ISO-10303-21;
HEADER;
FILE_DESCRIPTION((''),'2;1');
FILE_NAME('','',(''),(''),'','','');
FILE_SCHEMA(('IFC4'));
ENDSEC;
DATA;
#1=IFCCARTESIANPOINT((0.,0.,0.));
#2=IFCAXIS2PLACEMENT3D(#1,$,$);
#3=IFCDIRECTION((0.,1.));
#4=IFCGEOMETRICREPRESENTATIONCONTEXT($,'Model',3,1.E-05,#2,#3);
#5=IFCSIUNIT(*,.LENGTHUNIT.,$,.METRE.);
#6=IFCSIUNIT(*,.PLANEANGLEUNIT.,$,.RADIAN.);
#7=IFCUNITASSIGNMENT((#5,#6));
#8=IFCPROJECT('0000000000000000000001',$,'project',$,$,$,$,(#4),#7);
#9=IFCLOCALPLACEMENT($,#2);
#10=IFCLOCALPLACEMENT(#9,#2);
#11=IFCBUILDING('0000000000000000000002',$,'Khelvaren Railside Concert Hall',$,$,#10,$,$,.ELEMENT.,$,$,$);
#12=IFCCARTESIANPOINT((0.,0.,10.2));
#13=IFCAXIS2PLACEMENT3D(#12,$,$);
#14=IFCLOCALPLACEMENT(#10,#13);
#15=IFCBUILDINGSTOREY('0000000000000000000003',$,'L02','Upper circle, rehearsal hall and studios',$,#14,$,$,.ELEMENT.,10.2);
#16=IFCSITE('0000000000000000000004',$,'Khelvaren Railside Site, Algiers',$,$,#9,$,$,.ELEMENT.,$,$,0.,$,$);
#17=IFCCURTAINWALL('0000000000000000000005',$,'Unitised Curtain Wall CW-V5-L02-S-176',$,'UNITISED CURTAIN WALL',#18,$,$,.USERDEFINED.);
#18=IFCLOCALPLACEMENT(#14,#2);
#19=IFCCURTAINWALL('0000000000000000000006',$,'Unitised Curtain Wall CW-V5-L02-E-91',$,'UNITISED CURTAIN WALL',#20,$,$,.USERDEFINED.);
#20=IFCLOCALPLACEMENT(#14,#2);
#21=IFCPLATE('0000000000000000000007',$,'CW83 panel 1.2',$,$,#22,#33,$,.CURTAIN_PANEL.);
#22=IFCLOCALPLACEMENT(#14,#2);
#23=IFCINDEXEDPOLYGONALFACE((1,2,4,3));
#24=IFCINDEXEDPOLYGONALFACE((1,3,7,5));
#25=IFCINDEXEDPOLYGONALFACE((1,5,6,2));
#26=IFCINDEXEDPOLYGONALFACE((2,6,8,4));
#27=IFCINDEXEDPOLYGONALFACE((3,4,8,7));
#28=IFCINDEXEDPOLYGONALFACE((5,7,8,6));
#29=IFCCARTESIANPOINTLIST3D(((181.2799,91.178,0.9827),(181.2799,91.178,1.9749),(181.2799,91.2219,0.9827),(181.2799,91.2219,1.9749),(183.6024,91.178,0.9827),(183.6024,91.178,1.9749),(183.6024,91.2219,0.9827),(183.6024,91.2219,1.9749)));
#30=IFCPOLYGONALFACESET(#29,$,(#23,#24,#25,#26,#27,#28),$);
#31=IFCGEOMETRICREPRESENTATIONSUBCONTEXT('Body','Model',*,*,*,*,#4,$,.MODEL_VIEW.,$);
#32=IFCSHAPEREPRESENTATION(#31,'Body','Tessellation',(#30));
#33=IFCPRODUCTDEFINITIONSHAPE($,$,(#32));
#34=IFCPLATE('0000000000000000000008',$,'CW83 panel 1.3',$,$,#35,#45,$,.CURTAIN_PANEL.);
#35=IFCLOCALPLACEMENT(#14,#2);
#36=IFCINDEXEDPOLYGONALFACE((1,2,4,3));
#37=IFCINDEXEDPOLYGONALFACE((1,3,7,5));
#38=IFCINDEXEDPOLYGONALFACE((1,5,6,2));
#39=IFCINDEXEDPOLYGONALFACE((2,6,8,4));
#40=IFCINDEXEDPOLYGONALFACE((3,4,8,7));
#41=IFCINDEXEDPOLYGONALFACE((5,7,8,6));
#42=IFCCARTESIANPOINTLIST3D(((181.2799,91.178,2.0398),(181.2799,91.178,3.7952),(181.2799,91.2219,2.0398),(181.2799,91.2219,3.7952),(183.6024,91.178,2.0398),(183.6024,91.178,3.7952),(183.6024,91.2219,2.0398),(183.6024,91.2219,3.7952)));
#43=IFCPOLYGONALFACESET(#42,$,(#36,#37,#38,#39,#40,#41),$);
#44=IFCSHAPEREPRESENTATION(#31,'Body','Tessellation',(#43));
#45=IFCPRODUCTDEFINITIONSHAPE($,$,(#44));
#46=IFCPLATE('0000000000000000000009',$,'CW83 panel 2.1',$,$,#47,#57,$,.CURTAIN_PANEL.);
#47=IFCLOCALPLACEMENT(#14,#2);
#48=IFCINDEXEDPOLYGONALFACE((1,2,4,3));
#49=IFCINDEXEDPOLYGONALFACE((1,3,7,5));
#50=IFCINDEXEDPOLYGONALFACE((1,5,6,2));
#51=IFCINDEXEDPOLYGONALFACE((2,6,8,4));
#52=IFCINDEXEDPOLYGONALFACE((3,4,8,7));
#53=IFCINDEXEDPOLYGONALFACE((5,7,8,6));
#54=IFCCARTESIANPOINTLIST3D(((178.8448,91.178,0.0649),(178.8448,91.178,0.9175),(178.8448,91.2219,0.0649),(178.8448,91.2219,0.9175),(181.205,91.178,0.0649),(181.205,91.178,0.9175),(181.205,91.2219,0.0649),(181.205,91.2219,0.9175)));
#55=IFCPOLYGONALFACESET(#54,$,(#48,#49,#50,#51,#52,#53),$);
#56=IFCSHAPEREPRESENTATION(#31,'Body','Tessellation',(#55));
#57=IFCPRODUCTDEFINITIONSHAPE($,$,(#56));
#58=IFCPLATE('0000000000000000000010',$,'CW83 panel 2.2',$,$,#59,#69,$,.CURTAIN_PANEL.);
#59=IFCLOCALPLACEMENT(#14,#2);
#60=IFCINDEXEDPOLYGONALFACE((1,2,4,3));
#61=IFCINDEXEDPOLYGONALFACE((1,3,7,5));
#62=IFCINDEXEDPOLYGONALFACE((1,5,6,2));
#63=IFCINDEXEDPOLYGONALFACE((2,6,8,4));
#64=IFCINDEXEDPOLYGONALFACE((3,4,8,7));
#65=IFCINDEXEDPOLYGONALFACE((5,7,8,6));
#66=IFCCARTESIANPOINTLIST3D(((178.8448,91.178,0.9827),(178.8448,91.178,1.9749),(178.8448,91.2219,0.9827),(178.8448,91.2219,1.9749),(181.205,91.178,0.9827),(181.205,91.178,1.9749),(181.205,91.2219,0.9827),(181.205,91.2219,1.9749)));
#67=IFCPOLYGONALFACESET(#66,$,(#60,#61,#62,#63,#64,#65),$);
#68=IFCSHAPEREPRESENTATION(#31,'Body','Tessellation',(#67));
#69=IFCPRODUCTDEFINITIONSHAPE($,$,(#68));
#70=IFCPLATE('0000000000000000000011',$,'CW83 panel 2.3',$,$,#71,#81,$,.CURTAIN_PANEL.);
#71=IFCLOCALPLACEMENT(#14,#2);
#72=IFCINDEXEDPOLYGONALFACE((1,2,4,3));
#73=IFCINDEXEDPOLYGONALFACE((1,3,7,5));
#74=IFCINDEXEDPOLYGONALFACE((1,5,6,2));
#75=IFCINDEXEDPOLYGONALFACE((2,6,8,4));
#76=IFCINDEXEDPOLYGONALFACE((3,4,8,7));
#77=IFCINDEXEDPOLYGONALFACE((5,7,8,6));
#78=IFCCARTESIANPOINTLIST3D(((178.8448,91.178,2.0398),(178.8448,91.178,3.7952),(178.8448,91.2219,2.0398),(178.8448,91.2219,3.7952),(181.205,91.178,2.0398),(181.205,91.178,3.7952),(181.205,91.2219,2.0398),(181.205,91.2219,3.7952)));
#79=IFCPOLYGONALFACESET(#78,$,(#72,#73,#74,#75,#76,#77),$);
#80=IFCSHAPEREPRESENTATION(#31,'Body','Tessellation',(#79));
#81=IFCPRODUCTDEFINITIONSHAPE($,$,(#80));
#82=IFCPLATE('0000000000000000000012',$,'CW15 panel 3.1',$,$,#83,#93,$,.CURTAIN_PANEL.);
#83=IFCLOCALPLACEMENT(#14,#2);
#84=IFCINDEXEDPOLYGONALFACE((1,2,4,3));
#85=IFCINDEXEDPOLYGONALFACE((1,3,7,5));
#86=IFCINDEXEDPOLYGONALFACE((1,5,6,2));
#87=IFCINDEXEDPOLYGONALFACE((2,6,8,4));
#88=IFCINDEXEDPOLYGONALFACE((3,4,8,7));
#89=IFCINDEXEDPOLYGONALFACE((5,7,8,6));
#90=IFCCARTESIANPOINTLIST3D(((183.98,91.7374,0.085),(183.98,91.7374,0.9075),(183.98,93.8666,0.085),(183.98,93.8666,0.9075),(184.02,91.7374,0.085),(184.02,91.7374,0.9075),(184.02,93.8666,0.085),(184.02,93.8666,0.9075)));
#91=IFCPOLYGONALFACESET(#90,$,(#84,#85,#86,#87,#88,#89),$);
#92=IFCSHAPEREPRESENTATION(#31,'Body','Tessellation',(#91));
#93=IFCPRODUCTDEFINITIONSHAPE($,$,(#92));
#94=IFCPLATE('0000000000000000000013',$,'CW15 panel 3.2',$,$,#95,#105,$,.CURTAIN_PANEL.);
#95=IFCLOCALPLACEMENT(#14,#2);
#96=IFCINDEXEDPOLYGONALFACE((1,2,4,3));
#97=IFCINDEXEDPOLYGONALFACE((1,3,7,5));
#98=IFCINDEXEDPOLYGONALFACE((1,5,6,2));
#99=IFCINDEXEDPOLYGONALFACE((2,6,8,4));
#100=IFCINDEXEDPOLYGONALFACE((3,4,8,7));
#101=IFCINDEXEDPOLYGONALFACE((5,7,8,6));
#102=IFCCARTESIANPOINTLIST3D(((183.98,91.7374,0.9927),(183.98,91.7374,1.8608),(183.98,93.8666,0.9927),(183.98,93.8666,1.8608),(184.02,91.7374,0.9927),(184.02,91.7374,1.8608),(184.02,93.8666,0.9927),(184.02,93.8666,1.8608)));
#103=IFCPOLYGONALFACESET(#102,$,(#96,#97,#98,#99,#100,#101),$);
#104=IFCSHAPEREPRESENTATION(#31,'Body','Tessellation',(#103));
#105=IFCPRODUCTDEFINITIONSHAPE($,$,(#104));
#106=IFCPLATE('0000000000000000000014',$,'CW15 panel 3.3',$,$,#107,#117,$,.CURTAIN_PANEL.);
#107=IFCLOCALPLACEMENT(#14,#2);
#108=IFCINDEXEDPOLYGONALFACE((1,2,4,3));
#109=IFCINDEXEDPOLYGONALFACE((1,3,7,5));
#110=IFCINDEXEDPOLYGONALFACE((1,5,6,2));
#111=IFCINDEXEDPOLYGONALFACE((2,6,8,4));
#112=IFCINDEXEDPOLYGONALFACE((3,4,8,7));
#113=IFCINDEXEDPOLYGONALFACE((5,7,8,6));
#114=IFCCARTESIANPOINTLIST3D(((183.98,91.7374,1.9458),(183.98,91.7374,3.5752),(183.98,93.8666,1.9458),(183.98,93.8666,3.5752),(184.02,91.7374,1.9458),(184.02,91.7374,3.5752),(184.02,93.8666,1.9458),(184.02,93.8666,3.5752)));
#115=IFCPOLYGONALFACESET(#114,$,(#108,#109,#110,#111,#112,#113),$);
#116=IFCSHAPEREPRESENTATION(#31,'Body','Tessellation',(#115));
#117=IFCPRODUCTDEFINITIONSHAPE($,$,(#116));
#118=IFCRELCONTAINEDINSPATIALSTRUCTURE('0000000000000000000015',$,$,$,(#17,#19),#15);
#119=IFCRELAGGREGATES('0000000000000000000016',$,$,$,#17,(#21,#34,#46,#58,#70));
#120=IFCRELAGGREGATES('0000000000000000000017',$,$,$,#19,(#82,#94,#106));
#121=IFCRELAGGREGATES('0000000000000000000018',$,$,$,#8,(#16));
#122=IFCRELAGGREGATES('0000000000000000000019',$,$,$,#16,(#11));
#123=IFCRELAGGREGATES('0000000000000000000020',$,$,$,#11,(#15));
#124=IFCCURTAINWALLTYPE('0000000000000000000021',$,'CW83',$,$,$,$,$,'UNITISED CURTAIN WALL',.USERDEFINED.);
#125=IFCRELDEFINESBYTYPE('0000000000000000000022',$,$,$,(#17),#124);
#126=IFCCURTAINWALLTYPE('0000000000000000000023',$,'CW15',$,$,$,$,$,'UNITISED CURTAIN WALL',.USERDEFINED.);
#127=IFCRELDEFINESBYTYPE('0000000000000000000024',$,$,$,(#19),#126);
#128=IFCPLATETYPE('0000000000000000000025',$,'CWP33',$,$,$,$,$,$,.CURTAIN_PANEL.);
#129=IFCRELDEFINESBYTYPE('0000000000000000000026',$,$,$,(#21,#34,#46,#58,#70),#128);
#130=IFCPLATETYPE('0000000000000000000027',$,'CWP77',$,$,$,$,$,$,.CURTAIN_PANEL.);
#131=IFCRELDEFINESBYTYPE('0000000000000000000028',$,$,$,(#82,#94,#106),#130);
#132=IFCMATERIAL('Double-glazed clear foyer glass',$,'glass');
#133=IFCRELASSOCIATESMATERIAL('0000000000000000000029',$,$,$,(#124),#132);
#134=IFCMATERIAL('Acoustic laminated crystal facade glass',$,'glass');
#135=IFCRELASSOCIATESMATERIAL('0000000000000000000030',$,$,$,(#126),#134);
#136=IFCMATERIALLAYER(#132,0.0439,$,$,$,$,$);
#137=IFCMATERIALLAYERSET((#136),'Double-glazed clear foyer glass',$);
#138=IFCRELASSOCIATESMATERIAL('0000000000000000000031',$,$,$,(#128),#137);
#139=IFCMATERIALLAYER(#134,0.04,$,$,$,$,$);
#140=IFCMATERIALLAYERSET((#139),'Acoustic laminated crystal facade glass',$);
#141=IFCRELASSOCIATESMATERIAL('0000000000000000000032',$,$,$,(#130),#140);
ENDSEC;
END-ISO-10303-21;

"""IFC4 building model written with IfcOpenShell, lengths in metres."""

from ifc_helpers import new_model, si_unit, direction, frame, origin, origin_2d, place, context, subcontext, project, spatial, rectangle, extrude, material, layer, layer_set, type_object, element, aggregate, save


model = new_model("IFC4")

# Units and contexts
model_context = context("Model", 3, precision=1e-05, world=origin(), true_north=direction((0.0, 1.0)))
body_context = subcontext(model_context, "Body", "Model", "MODEL_VIEW")
ifc_project = project(units=[si_unit("LENGTHUNIT", "METRE"), si_unit("PLANEANGLEUNIT", "RADIAN")], contexts=[model_context])

# Site, building, storey
site_placement = place(None, origin())
site = spatial("IfcSite", under=ifc_project, at=site_placement, Name="Khelvaren Railside Site, Algiers", CompositionType="ELEMENT", RefElevation=0.0)
building_placement = place(site_placement, origin())
building = spatial("IfcBuilding", under=site, at=building_placement, Name="Khelvaren Railside Concert Hall", CompositionType="ELEMENT")
storey_placement = place(building_placement, frame((0.0, 0.0, 10.2)))
storey = spatial("IfcBuildingStorey", under=building, at=storey_placement, Name="L02", Description="Upper circle, rehearsal hall and studios", CompositionType="ELEMENT", Elevation=10.2)

# Curtain walls
ifc_material_1 = material(Name="Double-glazed clear foyer glass", Category="glass")
curtain_wall_type_1 = type_object("IfcCurtainWallType", Name="CW83", ElementType="UNITISED CURTAIN WALL", PredefinedType="USERDEFINED", material=ifc_material_1)
curtain_wall_1_placement = place(storey_placement, origin())
curtain_wall_1 = element("IfcCurtainWall", 1, at=curtain_wall_1_placement, inside=storey, type_object=curtain_wall_type_1, Name="Unitised Curtain Wall CW-V5-L02-S-176", ObjectType="UNITISED CURTAIN WALL", PredefinedType="USERDEFINED")
ifc_material_2 = material(Name="Acoustic laminated crystal facade glass", Category="glass")
curtain_wall_type_2 = type_object("IfcCurtainWallType", Name="CW15", ElementType="UNITISED CURTAIN WALL", PredefinedType="USERDEFINED", material=ifc_material_2)
curtain_wall_2_placement = place(storey_placement, origin())
curtain_wall_2 = element("IfcCurtainWall", 2, at=curtain_wall_2_placement, inside=storey, type_object=curtain_wall_type_2, Name="Unitised Curtain Wall CW-V5-L02-E-91", ObjectType="UNITISED CURTAIN WALL", PredefinedType="USERDEFINED")

# Plates
ifc_layer_1 = layer(ifc_material_1, 0.0439)
ifc_layer_set_1 = layer_set([ifc_layer_1], Name="Double-glazed clear foyer glass")
plate_type_1 = type_object("IfcPlateType", Name="CWP33", PredefinedType="CURTAIN_PANEL", material=ifc_layer_set_1)
plate_1_placement = place(storey_placement, frame((182.4412, 91.2, 0.9827), z_axis=(0.0, 0.0, 1.0), x_axis=(-1.0, 0.0, 0.0)))
plate_1 = element("IfcPlate", 3, at=plate_1_placement, type_object=plate_type_1, Name="CW83 panel 1.2", PredefinedType="CURTAIN_PANEL", context=body_context, shape_type="SweptSolid", body=[
    extrude(rectangle(XDim=2.3225, YDim=0.0439, at=origin_2d()), origin(), (0.0, 0.0, 1.0), 0.9922),
])
plate_2_placement = place(storey_placement, frame((182.4412, 91.2, 2.0398), z_axis=(0.0, 0.0, 1.0), x_axis=(-1.0, 0.0, 0.0)))
plate_2 = element("IfcPlate", 4, at=plate_2_placement, type_object=plate_type_1, Name="CW83 panel 1.3", PredefinedType="CURTAIN_PANEL", context=body_context, shape_type="SweptSolid", body=[
    extrude(rectangle(XDim=2.3225, YDim=0.0439, at=origin_2d()), origin(), (0.0, 0.0, 1.0), 1.7554),
])
plate_3_placement = place(storey_placement, frame((180.0249, 91.2, 0.0649), z_axis=(0.0, 0.0, 1.0), x_axis=(-1.0, 0.0, 0.0)))
plate_3 = element("IfcPlate", 5, at=plate_3_placement, type_object=plate_type_1, Name="CW83 panel 2.1", PredefinedType="CURTAIN_PANEL", context=body_context, shape_type="SweptSolid", body=[
    extrude(rectangle(XDim=2.3601, YDim=0.0439, at=origin_2d()), origin(), (0.0, 0.0, 1.0), 0.8525),
])
plate_4_placement = place(storey_placement, frame((180.0249, 91.2, 0.9827), z_axis=(0.0, 0.0, 1.0), x_axis=(-1.0, 0.0, 0.0)))
plate_4 = element("IfcPlate", 6, at=plate_4_placement, type_object=plate_type_1, Name="CW83 panel 2.2", PredefinedType="CURTAIN_PANEL", context=body_context, shape_type="SweptSolid", body=[
    extrude(rectangle(XDim=2.3601, YDim=0.0439, at=origin_2d()), origin(), (0.0, 0.0, 1.0), 0.9922),
])
plate_5_placement = place(storey_placement, frame((180.0249, 91.2, 2.0398), z_axis=(0.0, 0.0, 1.0), x_axis=(-1.0, 0.0, 0.0)))
plate_5 = element("IfcPlate", 7, at=plate_5_placement, type_object=plate_type_1, Name="CW83 panel 2.3", PredefinedType="CURTAIN_PANEL", context=body_context, shape_type="SweptSolid", body=[
    extrude(rectangle(XDim=2.3601, YDim=0.0439, at=origin_2d()), origin(), (0.0, 0.0, 1.0), 1.7554),
])
aggregate(curtain_wall_1, [plate_1, plate_2, plate_3, plate_4, plate_5])
ifc_layer_2 = layer(ifc_material_2, 0.04)
ifc_layer_set_2 = layer_set([ifc_layer_2], Name="Acoustic laminated crystal facade glass")
plate_type_2 = type_object("IfcPlateType", Name="CWP77", PredefinedType="CURTAIN_PANEL", material=ifc_layer_set_2)
plate_6_placement = place(storey_placement, frame((184.0, 92.802, 0.085), z_axis=(0.0, 0.0, 1.0), x_axis=(0.0, -1.0, 0.0)))
plate_6 = element("IfcPlate", 8, at=plate_6_placement, type_object=plate_type_2, Name="CW15 panel 3.1", PredefinedType="CURTAIN_PANEL", context=body_context, shape_type="SweptSolid", body=[
    extrude(rectangle(XDim=2.1292, YDim=0.04, at=origin_2d()), origin(), (0.0, 0.0, 1.0), 0.8225),
])
plate_7_placement = place(storey_placement, frame((184.0, 92.802, 0.9927), z_axis=(0.0, 0.0, 1.0), x_axis=(0.0, -1.0, 0.0)))
plate_7 = element("IfcPlate", 9, at=plate_7_placement, type_object=plate_type_2, Name="CW15 panel 3.2", PredefinedType="CURTAIN_PANEL", context=body_context, shape_type="SweptSolid", body=[
    extrude(rectangle(XDim=2.1292, YDim=0.04, at=origin_2d()), origin(), (0.0, 0.0, 1.0), 0.8682),
])
plate_8_placement = place(storey_placement, frame((184.0, 92.802, 1.9458), z_axis=(0.0, 0.0, 1.0), x_axis=(0.0, -1.0, 0.0)))
plate_8 = element("IfcPlate", 10, at=plate_8_placement, type_object=plate_type_2, Name="CW15 panel 3.3", PredefinedType="CURTAIN_PANEL", context=body_context, shape_type="SweptSolid", body=[
    extrude(rectangle(XDim=2.1292, YDim=0.04, at=origin_2d()), origin(), (0.0, 0.0, 1.0), 1.6294),
])
aggregate(curtain_wall_2, [plate_6, plate_7, plate_8])

save(model, "model.ifc")
